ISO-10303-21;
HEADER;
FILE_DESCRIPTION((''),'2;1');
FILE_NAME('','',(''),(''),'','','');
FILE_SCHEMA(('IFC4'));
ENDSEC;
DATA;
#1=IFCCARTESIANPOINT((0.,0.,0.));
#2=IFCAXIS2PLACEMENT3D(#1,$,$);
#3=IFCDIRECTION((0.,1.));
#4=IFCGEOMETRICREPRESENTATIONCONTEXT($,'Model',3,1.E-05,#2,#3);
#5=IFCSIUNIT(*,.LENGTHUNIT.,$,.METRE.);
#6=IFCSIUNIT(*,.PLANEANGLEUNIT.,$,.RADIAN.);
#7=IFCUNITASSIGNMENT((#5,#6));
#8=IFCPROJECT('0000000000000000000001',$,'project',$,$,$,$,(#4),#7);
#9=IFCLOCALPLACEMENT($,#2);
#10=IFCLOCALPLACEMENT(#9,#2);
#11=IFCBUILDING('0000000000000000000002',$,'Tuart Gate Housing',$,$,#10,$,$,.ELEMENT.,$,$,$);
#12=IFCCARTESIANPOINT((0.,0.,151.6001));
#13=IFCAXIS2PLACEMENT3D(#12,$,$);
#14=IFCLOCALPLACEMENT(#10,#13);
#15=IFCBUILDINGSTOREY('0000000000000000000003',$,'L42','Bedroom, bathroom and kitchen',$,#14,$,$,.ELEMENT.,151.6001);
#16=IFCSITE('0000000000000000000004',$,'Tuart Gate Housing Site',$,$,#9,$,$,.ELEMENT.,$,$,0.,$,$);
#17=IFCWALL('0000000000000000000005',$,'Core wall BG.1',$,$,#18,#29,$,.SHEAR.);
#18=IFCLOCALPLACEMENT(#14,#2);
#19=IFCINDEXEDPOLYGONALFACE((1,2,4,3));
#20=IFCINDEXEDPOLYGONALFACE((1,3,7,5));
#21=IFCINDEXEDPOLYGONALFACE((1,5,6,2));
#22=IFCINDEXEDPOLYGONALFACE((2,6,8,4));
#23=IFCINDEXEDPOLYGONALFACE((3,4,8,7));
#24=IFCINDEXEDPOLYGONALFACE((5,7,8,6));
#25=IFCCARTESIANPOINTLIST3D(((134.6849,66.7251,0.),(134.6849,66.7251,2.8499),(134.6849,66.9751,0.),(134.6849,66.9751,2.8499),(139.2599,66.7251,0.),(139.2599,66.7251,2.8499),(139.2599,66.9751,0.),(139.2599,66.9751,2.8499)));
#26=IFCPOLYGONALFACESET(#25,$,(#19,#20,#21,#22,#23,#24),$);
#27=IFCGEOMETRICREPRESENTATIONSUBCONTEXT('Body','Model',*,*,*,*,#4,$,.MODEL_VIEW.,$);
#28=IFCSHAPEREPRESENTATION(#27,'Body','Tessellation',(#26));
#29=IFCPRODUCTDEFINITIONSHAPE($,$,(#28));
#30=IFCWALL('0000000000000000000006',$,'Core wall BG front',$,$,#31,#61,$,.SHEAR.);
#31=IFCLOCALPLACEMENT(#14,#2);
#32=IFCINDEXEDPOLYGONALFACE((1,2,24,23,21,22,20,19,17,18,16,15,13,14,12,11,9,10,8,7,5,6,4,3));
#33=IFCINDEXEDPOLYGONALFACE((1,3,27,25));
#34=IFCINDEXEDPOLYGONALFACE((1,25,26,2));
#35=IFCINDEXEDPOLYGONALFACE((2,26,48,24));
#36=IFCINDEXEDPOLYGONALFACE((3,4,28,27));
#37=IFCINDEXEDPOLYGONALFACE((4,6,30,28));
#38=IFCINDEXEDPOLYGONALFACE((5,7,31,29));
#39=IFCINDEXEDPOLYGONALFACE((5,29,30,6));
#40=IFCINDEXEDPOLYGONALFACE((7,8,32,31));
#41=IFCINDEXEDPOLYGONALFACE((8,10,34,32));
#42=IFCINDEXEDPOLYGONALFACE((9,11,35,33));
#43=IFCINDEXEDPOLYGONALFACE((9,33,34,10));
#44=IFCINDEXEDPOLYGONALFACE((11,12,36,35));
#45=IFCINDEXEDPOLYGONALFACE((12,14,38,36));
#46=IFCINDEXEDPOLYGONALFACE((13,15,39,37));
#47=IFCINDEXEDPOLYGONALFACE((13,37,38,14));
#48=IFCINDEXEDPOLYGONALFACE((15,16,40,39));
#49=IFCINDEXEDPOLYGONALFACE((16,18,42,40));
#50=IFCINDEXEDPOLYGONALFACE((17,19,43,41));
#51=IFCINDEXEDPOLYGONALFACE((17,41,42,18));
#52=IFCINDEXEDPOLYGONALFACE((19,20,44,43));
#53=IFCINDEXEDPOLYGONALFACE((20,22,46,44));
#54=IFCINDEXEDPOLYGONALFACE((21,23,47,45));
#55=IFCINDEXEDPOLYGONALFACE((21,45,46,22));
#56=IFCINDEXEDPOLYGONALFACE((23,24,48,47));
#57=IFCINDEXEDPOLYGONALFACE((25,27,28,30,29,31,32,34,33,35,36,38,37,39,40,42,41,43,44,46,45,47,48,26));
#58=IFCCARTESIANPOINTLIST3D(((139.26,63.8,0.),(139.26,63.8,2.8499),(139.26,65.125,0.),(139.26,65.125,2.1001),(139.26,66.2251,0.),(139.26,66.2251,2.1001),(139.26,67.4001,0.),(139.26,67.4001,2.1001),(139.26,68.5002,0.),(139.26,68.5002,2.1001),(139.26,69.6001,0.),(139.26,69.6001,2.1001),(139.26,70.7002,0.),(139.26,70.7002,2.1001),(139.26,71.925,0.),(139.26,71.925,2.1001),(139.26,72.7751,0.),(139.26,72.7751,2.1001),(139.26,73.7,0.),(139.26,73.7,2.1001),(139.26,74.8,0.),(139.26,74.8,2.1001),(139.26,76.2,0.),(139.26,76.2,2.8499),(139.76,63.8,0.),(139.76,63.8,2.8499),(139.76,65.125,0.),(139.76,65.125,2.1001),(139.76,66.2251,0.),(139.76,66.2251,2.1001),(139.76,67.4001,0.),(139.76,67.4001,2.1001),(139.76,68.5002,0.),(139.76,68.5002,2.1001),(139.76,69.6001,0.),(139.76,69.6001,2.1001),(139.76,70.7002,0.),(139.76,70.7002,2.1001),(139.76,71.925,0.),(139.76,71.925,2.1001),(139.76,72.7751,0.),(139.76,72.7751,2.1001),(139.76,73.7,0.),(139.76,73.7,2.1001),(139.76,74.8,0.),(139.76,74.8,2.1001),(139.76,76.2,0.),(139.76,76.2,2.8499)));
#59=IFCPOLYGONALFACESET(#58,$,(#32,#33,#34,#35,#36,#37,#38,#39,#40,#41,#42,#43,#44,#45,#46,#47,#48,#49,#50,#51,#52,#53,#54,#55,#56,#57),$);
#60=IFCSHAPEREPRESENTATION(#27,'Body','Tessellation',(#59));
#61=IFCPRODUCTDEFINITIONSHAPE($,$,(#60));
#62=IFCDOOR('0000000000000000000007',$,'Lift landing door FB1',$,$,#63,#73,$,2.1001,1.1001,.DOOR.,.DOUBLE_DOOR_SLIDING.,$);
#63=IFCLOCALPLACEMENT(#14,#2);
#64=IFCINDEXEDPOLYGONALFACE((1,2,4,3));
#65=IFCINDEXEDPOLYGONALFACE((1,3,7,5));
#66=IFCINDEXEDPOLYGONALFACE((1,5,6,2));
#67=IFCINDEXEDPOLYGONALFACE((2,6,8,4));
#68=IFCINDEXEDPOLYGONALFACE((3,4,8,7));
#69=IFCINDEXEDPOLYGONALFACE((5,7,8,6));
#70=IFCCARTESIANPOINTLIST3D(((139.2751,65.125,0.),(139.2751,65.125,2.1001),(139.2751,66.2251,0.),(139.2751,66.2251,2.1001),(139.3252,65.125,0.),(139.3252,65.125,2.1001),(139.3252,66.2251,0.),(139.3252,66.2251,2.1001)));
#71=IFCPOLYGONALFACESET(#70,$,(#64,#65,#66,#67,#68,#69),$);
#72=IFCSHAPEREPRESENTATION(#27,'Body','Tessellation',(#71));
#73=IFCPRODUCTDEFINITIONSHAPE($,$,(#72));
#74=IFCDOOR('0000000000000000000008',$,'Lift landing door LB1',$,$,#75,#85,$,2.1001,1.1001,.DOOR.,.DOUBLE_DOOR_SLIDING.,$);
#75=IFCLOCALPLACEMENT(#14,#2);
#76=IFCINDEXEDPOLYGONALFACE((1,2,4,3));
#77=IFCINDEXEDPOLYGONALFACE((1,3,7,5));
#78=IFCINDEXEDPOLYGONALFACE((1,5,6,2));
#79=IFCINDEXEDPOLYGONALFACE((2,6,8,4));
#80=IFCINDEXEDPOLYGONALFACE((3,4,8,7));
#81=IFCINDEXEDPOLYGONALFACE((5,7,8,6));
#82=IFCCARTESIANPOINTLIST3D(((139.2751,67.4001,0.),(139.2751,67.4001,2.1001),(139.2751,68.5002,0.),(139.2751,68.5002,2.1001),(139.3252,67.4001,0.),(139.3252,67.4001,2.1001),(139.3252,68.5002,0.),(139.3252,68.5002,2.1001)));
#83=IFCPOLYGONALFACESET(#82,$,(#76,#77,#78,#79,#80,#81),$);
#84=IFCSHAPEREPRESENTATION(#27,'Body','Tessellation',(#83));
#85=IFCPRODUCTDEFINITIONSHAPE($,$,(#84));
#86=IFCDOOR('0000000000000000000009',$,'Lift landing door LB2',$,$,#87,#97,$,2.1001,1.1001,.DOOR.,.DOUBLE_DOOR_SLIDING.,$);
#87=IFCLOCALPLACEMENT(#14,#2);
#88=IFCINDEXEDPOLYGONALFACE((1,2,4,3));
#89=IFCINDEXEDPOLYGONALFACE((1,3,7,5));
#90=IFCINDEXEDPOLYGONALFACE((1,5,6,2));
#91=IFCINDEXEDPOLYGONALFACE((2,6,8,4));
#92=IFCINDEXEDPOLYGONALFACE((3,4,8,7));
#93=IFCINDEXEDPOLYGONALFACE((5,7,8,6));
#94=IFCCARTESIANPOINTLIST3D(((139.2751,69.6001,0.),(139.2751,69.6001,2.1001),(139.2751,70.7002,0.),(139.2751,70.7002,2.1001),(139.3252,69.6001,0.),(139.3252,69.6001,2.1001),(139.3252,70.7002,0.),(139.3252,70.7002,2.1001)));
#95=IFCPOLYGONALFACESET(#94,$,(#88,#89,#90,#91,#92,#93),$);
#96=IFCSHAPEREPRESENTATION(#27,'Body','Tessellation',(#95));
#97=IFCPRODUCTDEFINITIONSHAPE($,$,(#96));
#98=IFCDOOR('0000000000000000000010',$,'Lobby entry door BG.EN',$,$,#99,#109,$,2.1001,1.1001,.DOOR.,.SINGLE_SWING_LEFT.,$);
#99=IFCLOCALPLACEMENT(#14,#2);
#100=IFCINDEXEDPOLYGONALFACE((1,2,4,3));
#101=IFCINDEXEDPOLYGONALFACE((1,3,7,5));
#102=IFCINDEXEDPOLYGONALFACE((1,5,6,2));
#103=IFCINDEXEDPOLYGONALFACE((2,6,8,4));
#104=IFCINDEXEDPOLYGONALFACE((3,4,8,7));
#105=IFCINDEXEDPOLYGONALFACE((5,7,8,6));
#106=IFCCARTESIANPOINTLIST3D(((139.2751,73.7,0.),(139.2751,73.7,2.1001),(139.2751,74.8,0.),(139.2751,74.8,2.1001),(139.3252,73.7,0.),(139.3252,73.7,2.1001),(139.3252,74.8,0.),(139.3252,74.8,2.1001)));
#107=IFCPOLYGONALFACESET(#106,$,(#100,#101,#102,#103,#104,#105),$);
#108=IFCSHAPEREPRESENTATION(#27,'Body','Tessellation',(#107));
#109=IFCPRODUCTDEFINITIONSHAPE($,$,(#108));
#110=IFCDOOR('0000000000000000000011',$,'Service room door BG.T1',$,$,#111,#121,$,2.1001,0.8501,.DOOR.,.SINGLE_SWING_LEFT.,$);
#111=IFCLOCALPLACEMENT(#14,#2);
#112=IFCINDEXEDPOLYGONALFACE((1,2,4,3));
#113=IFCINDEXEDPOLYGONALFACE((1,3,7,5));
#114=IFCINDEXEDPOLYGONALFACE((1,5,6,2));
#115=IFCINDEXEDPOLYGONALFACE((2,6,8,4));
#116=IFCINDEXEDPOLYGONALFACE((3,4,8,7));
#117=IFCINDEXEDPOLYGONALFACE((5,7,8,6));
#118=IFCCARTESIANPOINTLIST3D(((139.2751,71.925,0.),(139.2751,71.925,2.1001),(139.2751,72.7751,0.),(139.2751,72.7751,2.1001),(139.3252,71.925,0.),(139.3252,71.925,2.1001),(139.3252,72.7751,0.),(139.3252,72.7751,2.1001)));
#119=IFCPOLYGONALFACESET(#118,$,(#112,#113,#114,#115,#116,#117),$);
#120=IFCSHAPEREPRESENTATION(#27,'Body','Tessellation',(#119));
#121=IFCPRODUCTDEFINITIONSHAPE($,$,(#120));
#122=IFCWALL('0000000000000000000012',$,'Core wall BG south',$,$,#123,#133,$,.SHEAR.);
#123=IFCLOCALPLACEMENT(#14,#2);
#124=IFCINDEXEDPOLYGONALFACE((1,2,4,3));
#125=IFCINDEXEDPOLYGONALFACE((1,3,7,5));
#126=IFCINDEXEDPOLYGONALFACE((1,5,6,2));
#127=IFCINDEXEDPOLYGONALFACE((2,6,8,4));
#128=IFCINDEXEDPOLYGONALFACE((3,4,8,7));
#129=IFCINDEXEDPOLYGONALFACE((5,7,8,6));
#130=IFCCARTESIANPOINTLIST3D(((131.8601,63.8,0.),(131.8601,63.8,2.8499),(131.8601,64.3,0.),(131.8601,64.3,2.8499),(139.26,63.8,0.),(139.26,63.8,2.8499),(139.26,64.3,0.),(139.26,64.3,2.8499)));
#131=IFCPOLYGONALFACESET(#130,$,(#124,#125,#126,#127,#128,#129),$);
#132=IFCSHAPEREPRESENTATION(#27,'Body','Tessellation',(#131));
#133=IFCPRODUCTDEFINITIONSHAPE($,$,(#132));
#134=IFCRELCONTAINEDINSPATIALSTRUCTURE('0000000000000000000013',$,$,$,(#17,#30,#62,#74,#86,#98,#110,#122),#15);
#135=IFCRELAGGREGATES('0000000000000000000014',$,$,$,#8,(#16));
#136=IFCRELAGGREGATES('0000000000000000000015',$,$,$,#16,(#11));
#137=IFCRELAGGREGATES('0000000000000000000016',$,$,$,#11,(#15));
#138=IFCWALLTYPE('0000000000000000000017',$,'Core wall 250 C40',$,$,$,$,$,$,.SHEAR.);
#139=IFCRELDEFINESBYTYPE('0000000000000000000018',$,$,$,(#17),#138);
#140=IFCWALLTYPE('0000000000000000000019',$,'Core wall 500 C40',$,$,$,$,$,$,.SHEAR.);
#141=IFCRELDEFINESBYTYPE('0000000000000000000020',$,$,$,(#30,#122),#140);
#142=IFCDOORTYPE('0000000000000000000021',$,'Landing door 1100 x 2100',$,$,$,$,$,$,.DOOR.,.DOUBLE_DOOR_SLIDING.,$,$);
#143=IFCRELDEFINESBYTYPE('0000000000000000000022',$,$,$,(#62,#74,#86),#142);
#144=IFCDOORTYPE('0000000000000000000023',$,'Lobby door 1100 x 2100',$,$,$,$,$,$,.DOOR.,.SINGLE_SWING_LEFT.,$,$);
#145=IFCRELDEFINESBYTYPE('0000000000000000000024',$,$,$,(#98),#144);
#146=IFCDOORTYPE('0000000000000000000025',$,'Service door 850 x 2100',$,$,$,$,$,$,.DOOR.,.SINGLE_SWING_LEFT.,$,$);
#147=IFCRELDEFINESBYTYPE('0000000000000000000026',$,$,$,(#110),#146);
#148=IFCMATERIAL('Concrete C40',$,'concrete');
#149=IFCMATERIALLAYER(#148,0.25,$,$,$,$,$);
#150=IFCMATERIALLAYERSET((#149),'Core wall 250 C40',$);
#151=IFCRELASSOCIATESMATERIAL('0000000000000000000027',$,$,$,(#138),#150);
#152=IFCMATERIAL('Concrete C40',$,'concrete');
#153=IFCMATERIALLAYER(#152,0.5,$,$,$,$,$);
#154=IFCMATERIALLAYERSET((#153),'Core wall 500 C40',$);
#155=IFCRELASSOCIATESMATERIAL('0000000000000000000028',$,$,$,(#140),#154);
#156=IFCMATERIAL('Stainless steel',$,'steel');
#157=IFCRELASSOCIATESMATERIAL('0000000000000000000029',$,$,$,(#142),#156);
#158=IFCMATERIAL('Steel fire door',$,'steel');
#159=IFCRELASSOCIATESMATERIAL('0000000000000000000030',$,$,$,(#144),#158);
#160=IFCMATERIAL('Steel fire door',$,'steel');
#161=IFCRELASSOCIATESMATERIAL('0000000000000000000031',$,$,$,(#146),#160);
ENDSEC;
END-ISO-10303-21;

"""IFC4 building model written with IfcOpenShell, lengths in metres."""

from ifc_helpers import new_model, si_unit, direction, frame, frame_2d, origin, place, context, subcontext, project, spatial, rectangle, extrude, material, layer, layer_set, type_object, element, fill, save


model = new_model("IFC4")

# Units and contexts
model_context = context("Model", 3, precision=1e-05, world=origin(), true_north=direction((0.0, 1.0)))
body_context = subcontext(model_context, "Body", "Model", "MODEL_VIEW")
ifc_project = project(units=[si_unit("LENGTHUNIT", "METRE"), si_unit("PLANEANGLEUNIT", "RADIAN")], contexts=[model_context])

# Site, building, storey
site_placement = place(None, origin())
site = spatial("IfcSite", under=ifc_project, at=site_placement, Name="Tuart Gate Housing Site", CompositionType="ELEMENT", RefElevation=0.0)
building_placement = place(site_placement, origin())
building = spatial("IfcBuilding", under=site, at=building_placement, Name="Tuart Gate Housing", CompositionType="ELEMENT")
storey_placement = place(building_placement, frame((0.0, 0.0, 151.6001)))
storey = spatial("IfcBuildingStorey", under=building, at=storey_placement, Name="L42", Description="Bedroom, bathroom and kitchen", CompositionType="ELEMENT", Elevation=151.6001)

# Wall
ifc_material_1 = material(Name="Concrete C40", Category="concrete")
ifc_layer_1 = layer(ifc_material_1, 0.25)
ifc_layer_set_1 = layer_set([ifc_layer_1], Name="Core wall 250 C40")
wall_type_1 = type_object("IfcWallType", Name="Core wall 250 C40", PredefinedType="SHEAR", material=ifc_layer_set_1)
wall_1_placement = place(storey_placement, frame((139.26, 66.8501, 0.0), z_axis=(0.0, 0.0, 1.0), x_axis=(-1.0, 0.0, 0.0)))
element("IfcWall", 1, at=wall_1_placement, inside=storey, type_object=wall_type_1, Name="Core wall BG.1", PredefinedType="SHEAR", context=body_context, shape_type="SweptSolid", body=[
    extrude(rectangle(XDim=4.575, YDim=0.25, at=frame_2d((2.2876, 0.0))), origin(), (0.0, 0.0, 1.0), 2.8499),
])

# Wall, openings, doors
ifc_material_2 = material(Name="Concrete C40", Category="concrete")
ifc_layer_2 = layer(ifc_material_2, 0.5)
ifc_layer_set_2 = layer_set([ifc_layer_2], Name="Core wall 500 C40")
wall_type_2 = type_object("IfcWallType", Name="Core wall 500 C40", PredefinedType="SHEAR", material=ifc_layer_set_2)
wall_2_placement = place(storey_placement, frame((139.51, 63.8, 0.0), z_axis=(0.0, 0.0, 1.0), x_axis=(0.0, 1.0, 0.0)))
wall_2 = element("IfcWall", 2, at=wall_2_placement, inside=storey, type_object=wall_type_2, Name="Core wall BG front", PredefinedType="SHEAR", context=body_context, shape_type="SweptSolid", body=[
    extrude(rectangle(XDim=12.3999, YDim=0.5, at=frame_2d((6.2, 0.0))), origin(), (0.0, 0.0, 1.0), 2.8499),
])
opening_1_placement = place(wall_2_placement, frame((1.325, 0.0, 0.0)))
opening_1 = element("IfcOpeningElement", 3, at=opening_1_placement, cuts=wall_2, PredefinedType="OPENING", context=body_context, shape_type="SweptSolid", body=[
    extrude(rectangle(XDim=1.1001, YDim=2.1001, at=frame_2d((0.55, 1.05))), frame((0.0, 0.26, 0.0), z_axis=(0.0, -1.0, 0.0), x_axis=(1.0, 0.0, 0.0)), (0.0, 0.0, 1.0), 0.52),
])
opening_2_placement = place(wall_2_placement, frame((3.6001, 0.0, 0.0)))
opening_2 = element("IfcOpeningElement", 4, at=opening_2_placement, cuts=wall_2, PredefinedType="OPENING", context=body_context, shape_type="SweptSolid", body=[
    extrude(rectangle(XDim=1.1001, YDim=2.1001, at=frame_2d((0.55, 1.05))), frame((0.0, 0.26, 0.0), z_axis=(0.0, -1.0, 0.0), x_axis=(1.0, 0.0, 0.0)), (0.0, 0.0, 1.0), 0.52),
])
opening_3_placement = place(wall_2_placement, frame((5.8, 0.0, 0.0)))
opening_3 = element("IfcOpeningElement", 5, at=opening_3_placement, cuts=wall_2, PredefinedType="OPENING", context=body_context, shape_type="SweptSolid", body=[
    extrude(rectangle(XDim=1.1001, YDim=2.1001, at=frame_2d((0.55, 1.05))), frame((0.0, 0.26, 0.0), z_axis=(0.0, -1.0, 0.0), x_axis=(1.0, 0.0, 0.0)), (0.0, 0.0, 1.0), 0.52),
])
opening_4_placement = place(wall_2_placement, frame((9.8999, 0.0, 0.0)))
opening_4 = element("IfcOpeningElement", 6, at=opening_4_placement, cuts=wall_2, PredefinedType="OPENING", context=body_context, shape_type="SweptSolid", body=[
    extrude(rectangle(XDim=1.1001, YDim=2.1001, at=frame_2d((0.55, 1.05))), frame((0.0, 0.26, 0.0), z_axis=(0.0, -1.0, 0.0), x_axis=(1.0, 0.0, 0.0)), (0.0, 0.0, 1.0), 0.52),
])
opening_5_placement = place(wall_2_placement, frame((8.125, 0.0, 0.0)))
opening_5 = element("IfcOpeningElement", 7, at=opening_5_placement, cuts=wall_2, PredefinedType="OPENING", context=body_context, shape_type="SweptSolid", body=[
    extrude(rectangle(XDim=0.8501, YDim=2.1001, at=frame_2d((0.425, 1.05))), frame((0.0, 0.26, 0.0), z_axis=(0.0, -1.0, 0.0), x_axis=(1.0, 0.0, 0.0)), (0.0, 0.0, 1.0), 0.52),
])
ifc_material_3 = material(Name="Stainless steel", Category="steel")
door_type_1 = type_object("IfcDoorType", Name="Landing door 1100 x 2100", OperationType="DOUBLE_DOOR_SLIDING", PredefinedType="DOOR", material=ifc_material_3)
door_1_placement = place(opening_1_placement, origin())
door_1 = element("IfcDoor", 8, at=door_1_placement, inside=storey, type_object=door_type_1, Name="Lift landing door FB1", OperationType="DOUBLE_DOOR_SLIDING", OverallHeight=2.1001, OverallWidth=1.1001, PredefinedType="DOOR", context=body_context, shape_type="SweptSolid", body=[
    extrude(rectangle(XDim=1.1001, YDim=2.1001, at=frame_2d((0.55, 1.05))), frame((0.0, 0.2349, 0.0), z_axis=(0.0, -1.0, 0.0), x_axis=(1.0, 0.0, 0.0)), (0.0, 0.0, 1.0), 0.05),
])
fill(opening_1, door_1)
door_2_placement = place(opening_2_placement, origin())
door_2 = element("IfcDoor", 9, at=door_2_placement, inside=storey, type_object=door_type_1, Name="Lift landing door LB1", OperationType="DOUBLE_DOOR_SLIDING", OverallHeight=2.1001, OverallWidth=1.1001, PredefinedType="DOOR", context=body_context, shape_type="SweptSolid", body=[
    extrude(rectangle(XDim=1.1001, YDim=2.1001, at=frame_2d((0.55, 1.05))), frame((0.0, 0.2349, 0.0), z_axis=(0.0, -1.0, 0.0), x_axis=(1.0, 0.0, 0.0)), (0.0, 0.0, 1.0), 0.05),
])
fill(opening_2, door_2)
door_3_placement = place(opening_3_placement, origin())
door_3 = element("IfcDoor", 10, at=door_3_placement, inside=storey, type_object=door_type_1, Name="Lift landing door LB2", OperationType="DOUBLE_DOOR_SLIDING", OverallHeight=2.1001, OverallWidth=1.1001, PredefinedType="DOOR", context=body_context, shape_type="SweptSolid", body=[
    extrude(rectangle(XDim=1.1001, YDim=2.1001, at=frame_2d((0.55, 1.05))), frame((0.0, 0.2349, 0.0), z_axis=(0.0, -1.0, 0.0), x_axis=(1.0, 0.0, 0.0)), (0.0, 0.0, 1.0), 0.05),
])
fill(opening_3, door_3)
ifc_material_4 = material(Name="Steel fire door", Category="steel")
door_type_2 = type_object("IfcDoorType", Name="Lobby door 1100 x 2100", OperationType="SINGLE_SWING_LEFT", PredefinedType="DOOR", material=ifc_material_4)
door_4_placement = place(opening_4_placement, origin())
door_4 = element("IfcDoor", 11, at=door_4_placement, inside=storey, type_object=door_type_2, Name="Lobby entry door BG.EN", OperationType="SINGLE_SWING_LEFT", OverallHeight=2.1001, OverallWidth=1.1001, PredefinedType="DOOR", context=body_context, shape_type="SweptSolid", body=[
    extrude(rectangle(XDim=1.1001, YDim=2.1001, at=frame_2d((0.55, 1.05))), frame((0.0, 0.2349, 0.0), z_axis=(0.0, -1.0, 0.0), x_axis=(1.0, 0.0, 0.0)), (0.0, 0.0, 1.0), 0.05),
])
fill(opening_4, door_4)
ifc_material_5 = material(Name="Steel fire door", Category="steel")
door_type_3 = type_object("IfcDoorType", Name="Service door 850 x 2100", OperationType="SINGLE_SWING_LEFT", PredefinedType="DOOR", material=ifc_material_5)
door_5_placement = place(opening_5_placement, origin())
door_5 = element("IfcDoor", 12, at=door_5_placement, inside=storey, type_object=door_type_3, Name="Service room door BG.T1", OperationType="SINGLE_SWING_LEFT", OverallHeight=2.1001, OverallWidth=0.8501, PredefinedType="DOOR", context=body_context, shape_type="SweptSolid", body=[
    extrude(rectangle(XDim=0.8501, YDim=2.1001, at=frame_2d((0.425, 1.05))), frame((0.0, 0.2349, 0.0), z_axis=(0.0, -1.0, 0.0), x_axis=(1.0, 0.0, 0.0)), (0.0, 0.0, 1.0), 0.05),
])
fill(opening_5, door_5)

# Wall
wall_3_placement = place(storey_placement, frame((139.26, 64.05, 0.0), z_axis=(0.0, 0.0, 1.0), x_axis=(-1.0, 0.0, 0.0)))
element("IfcWall", 13, at=wall_3_placement, inside=storey, type_object=wall_type_2, Name="Core wall BG south", PredefinedType="SHEAR", context=body_context, shape_type="SweptSolid", body=[
    extrude(rectangle(XDim=7.3999, YDim=0.5, at=frame_2d((3.7, 0.0))), origin(), (0.0, 0.0, 1.0), 2.8499),
])

save(model, "model.ifc")
